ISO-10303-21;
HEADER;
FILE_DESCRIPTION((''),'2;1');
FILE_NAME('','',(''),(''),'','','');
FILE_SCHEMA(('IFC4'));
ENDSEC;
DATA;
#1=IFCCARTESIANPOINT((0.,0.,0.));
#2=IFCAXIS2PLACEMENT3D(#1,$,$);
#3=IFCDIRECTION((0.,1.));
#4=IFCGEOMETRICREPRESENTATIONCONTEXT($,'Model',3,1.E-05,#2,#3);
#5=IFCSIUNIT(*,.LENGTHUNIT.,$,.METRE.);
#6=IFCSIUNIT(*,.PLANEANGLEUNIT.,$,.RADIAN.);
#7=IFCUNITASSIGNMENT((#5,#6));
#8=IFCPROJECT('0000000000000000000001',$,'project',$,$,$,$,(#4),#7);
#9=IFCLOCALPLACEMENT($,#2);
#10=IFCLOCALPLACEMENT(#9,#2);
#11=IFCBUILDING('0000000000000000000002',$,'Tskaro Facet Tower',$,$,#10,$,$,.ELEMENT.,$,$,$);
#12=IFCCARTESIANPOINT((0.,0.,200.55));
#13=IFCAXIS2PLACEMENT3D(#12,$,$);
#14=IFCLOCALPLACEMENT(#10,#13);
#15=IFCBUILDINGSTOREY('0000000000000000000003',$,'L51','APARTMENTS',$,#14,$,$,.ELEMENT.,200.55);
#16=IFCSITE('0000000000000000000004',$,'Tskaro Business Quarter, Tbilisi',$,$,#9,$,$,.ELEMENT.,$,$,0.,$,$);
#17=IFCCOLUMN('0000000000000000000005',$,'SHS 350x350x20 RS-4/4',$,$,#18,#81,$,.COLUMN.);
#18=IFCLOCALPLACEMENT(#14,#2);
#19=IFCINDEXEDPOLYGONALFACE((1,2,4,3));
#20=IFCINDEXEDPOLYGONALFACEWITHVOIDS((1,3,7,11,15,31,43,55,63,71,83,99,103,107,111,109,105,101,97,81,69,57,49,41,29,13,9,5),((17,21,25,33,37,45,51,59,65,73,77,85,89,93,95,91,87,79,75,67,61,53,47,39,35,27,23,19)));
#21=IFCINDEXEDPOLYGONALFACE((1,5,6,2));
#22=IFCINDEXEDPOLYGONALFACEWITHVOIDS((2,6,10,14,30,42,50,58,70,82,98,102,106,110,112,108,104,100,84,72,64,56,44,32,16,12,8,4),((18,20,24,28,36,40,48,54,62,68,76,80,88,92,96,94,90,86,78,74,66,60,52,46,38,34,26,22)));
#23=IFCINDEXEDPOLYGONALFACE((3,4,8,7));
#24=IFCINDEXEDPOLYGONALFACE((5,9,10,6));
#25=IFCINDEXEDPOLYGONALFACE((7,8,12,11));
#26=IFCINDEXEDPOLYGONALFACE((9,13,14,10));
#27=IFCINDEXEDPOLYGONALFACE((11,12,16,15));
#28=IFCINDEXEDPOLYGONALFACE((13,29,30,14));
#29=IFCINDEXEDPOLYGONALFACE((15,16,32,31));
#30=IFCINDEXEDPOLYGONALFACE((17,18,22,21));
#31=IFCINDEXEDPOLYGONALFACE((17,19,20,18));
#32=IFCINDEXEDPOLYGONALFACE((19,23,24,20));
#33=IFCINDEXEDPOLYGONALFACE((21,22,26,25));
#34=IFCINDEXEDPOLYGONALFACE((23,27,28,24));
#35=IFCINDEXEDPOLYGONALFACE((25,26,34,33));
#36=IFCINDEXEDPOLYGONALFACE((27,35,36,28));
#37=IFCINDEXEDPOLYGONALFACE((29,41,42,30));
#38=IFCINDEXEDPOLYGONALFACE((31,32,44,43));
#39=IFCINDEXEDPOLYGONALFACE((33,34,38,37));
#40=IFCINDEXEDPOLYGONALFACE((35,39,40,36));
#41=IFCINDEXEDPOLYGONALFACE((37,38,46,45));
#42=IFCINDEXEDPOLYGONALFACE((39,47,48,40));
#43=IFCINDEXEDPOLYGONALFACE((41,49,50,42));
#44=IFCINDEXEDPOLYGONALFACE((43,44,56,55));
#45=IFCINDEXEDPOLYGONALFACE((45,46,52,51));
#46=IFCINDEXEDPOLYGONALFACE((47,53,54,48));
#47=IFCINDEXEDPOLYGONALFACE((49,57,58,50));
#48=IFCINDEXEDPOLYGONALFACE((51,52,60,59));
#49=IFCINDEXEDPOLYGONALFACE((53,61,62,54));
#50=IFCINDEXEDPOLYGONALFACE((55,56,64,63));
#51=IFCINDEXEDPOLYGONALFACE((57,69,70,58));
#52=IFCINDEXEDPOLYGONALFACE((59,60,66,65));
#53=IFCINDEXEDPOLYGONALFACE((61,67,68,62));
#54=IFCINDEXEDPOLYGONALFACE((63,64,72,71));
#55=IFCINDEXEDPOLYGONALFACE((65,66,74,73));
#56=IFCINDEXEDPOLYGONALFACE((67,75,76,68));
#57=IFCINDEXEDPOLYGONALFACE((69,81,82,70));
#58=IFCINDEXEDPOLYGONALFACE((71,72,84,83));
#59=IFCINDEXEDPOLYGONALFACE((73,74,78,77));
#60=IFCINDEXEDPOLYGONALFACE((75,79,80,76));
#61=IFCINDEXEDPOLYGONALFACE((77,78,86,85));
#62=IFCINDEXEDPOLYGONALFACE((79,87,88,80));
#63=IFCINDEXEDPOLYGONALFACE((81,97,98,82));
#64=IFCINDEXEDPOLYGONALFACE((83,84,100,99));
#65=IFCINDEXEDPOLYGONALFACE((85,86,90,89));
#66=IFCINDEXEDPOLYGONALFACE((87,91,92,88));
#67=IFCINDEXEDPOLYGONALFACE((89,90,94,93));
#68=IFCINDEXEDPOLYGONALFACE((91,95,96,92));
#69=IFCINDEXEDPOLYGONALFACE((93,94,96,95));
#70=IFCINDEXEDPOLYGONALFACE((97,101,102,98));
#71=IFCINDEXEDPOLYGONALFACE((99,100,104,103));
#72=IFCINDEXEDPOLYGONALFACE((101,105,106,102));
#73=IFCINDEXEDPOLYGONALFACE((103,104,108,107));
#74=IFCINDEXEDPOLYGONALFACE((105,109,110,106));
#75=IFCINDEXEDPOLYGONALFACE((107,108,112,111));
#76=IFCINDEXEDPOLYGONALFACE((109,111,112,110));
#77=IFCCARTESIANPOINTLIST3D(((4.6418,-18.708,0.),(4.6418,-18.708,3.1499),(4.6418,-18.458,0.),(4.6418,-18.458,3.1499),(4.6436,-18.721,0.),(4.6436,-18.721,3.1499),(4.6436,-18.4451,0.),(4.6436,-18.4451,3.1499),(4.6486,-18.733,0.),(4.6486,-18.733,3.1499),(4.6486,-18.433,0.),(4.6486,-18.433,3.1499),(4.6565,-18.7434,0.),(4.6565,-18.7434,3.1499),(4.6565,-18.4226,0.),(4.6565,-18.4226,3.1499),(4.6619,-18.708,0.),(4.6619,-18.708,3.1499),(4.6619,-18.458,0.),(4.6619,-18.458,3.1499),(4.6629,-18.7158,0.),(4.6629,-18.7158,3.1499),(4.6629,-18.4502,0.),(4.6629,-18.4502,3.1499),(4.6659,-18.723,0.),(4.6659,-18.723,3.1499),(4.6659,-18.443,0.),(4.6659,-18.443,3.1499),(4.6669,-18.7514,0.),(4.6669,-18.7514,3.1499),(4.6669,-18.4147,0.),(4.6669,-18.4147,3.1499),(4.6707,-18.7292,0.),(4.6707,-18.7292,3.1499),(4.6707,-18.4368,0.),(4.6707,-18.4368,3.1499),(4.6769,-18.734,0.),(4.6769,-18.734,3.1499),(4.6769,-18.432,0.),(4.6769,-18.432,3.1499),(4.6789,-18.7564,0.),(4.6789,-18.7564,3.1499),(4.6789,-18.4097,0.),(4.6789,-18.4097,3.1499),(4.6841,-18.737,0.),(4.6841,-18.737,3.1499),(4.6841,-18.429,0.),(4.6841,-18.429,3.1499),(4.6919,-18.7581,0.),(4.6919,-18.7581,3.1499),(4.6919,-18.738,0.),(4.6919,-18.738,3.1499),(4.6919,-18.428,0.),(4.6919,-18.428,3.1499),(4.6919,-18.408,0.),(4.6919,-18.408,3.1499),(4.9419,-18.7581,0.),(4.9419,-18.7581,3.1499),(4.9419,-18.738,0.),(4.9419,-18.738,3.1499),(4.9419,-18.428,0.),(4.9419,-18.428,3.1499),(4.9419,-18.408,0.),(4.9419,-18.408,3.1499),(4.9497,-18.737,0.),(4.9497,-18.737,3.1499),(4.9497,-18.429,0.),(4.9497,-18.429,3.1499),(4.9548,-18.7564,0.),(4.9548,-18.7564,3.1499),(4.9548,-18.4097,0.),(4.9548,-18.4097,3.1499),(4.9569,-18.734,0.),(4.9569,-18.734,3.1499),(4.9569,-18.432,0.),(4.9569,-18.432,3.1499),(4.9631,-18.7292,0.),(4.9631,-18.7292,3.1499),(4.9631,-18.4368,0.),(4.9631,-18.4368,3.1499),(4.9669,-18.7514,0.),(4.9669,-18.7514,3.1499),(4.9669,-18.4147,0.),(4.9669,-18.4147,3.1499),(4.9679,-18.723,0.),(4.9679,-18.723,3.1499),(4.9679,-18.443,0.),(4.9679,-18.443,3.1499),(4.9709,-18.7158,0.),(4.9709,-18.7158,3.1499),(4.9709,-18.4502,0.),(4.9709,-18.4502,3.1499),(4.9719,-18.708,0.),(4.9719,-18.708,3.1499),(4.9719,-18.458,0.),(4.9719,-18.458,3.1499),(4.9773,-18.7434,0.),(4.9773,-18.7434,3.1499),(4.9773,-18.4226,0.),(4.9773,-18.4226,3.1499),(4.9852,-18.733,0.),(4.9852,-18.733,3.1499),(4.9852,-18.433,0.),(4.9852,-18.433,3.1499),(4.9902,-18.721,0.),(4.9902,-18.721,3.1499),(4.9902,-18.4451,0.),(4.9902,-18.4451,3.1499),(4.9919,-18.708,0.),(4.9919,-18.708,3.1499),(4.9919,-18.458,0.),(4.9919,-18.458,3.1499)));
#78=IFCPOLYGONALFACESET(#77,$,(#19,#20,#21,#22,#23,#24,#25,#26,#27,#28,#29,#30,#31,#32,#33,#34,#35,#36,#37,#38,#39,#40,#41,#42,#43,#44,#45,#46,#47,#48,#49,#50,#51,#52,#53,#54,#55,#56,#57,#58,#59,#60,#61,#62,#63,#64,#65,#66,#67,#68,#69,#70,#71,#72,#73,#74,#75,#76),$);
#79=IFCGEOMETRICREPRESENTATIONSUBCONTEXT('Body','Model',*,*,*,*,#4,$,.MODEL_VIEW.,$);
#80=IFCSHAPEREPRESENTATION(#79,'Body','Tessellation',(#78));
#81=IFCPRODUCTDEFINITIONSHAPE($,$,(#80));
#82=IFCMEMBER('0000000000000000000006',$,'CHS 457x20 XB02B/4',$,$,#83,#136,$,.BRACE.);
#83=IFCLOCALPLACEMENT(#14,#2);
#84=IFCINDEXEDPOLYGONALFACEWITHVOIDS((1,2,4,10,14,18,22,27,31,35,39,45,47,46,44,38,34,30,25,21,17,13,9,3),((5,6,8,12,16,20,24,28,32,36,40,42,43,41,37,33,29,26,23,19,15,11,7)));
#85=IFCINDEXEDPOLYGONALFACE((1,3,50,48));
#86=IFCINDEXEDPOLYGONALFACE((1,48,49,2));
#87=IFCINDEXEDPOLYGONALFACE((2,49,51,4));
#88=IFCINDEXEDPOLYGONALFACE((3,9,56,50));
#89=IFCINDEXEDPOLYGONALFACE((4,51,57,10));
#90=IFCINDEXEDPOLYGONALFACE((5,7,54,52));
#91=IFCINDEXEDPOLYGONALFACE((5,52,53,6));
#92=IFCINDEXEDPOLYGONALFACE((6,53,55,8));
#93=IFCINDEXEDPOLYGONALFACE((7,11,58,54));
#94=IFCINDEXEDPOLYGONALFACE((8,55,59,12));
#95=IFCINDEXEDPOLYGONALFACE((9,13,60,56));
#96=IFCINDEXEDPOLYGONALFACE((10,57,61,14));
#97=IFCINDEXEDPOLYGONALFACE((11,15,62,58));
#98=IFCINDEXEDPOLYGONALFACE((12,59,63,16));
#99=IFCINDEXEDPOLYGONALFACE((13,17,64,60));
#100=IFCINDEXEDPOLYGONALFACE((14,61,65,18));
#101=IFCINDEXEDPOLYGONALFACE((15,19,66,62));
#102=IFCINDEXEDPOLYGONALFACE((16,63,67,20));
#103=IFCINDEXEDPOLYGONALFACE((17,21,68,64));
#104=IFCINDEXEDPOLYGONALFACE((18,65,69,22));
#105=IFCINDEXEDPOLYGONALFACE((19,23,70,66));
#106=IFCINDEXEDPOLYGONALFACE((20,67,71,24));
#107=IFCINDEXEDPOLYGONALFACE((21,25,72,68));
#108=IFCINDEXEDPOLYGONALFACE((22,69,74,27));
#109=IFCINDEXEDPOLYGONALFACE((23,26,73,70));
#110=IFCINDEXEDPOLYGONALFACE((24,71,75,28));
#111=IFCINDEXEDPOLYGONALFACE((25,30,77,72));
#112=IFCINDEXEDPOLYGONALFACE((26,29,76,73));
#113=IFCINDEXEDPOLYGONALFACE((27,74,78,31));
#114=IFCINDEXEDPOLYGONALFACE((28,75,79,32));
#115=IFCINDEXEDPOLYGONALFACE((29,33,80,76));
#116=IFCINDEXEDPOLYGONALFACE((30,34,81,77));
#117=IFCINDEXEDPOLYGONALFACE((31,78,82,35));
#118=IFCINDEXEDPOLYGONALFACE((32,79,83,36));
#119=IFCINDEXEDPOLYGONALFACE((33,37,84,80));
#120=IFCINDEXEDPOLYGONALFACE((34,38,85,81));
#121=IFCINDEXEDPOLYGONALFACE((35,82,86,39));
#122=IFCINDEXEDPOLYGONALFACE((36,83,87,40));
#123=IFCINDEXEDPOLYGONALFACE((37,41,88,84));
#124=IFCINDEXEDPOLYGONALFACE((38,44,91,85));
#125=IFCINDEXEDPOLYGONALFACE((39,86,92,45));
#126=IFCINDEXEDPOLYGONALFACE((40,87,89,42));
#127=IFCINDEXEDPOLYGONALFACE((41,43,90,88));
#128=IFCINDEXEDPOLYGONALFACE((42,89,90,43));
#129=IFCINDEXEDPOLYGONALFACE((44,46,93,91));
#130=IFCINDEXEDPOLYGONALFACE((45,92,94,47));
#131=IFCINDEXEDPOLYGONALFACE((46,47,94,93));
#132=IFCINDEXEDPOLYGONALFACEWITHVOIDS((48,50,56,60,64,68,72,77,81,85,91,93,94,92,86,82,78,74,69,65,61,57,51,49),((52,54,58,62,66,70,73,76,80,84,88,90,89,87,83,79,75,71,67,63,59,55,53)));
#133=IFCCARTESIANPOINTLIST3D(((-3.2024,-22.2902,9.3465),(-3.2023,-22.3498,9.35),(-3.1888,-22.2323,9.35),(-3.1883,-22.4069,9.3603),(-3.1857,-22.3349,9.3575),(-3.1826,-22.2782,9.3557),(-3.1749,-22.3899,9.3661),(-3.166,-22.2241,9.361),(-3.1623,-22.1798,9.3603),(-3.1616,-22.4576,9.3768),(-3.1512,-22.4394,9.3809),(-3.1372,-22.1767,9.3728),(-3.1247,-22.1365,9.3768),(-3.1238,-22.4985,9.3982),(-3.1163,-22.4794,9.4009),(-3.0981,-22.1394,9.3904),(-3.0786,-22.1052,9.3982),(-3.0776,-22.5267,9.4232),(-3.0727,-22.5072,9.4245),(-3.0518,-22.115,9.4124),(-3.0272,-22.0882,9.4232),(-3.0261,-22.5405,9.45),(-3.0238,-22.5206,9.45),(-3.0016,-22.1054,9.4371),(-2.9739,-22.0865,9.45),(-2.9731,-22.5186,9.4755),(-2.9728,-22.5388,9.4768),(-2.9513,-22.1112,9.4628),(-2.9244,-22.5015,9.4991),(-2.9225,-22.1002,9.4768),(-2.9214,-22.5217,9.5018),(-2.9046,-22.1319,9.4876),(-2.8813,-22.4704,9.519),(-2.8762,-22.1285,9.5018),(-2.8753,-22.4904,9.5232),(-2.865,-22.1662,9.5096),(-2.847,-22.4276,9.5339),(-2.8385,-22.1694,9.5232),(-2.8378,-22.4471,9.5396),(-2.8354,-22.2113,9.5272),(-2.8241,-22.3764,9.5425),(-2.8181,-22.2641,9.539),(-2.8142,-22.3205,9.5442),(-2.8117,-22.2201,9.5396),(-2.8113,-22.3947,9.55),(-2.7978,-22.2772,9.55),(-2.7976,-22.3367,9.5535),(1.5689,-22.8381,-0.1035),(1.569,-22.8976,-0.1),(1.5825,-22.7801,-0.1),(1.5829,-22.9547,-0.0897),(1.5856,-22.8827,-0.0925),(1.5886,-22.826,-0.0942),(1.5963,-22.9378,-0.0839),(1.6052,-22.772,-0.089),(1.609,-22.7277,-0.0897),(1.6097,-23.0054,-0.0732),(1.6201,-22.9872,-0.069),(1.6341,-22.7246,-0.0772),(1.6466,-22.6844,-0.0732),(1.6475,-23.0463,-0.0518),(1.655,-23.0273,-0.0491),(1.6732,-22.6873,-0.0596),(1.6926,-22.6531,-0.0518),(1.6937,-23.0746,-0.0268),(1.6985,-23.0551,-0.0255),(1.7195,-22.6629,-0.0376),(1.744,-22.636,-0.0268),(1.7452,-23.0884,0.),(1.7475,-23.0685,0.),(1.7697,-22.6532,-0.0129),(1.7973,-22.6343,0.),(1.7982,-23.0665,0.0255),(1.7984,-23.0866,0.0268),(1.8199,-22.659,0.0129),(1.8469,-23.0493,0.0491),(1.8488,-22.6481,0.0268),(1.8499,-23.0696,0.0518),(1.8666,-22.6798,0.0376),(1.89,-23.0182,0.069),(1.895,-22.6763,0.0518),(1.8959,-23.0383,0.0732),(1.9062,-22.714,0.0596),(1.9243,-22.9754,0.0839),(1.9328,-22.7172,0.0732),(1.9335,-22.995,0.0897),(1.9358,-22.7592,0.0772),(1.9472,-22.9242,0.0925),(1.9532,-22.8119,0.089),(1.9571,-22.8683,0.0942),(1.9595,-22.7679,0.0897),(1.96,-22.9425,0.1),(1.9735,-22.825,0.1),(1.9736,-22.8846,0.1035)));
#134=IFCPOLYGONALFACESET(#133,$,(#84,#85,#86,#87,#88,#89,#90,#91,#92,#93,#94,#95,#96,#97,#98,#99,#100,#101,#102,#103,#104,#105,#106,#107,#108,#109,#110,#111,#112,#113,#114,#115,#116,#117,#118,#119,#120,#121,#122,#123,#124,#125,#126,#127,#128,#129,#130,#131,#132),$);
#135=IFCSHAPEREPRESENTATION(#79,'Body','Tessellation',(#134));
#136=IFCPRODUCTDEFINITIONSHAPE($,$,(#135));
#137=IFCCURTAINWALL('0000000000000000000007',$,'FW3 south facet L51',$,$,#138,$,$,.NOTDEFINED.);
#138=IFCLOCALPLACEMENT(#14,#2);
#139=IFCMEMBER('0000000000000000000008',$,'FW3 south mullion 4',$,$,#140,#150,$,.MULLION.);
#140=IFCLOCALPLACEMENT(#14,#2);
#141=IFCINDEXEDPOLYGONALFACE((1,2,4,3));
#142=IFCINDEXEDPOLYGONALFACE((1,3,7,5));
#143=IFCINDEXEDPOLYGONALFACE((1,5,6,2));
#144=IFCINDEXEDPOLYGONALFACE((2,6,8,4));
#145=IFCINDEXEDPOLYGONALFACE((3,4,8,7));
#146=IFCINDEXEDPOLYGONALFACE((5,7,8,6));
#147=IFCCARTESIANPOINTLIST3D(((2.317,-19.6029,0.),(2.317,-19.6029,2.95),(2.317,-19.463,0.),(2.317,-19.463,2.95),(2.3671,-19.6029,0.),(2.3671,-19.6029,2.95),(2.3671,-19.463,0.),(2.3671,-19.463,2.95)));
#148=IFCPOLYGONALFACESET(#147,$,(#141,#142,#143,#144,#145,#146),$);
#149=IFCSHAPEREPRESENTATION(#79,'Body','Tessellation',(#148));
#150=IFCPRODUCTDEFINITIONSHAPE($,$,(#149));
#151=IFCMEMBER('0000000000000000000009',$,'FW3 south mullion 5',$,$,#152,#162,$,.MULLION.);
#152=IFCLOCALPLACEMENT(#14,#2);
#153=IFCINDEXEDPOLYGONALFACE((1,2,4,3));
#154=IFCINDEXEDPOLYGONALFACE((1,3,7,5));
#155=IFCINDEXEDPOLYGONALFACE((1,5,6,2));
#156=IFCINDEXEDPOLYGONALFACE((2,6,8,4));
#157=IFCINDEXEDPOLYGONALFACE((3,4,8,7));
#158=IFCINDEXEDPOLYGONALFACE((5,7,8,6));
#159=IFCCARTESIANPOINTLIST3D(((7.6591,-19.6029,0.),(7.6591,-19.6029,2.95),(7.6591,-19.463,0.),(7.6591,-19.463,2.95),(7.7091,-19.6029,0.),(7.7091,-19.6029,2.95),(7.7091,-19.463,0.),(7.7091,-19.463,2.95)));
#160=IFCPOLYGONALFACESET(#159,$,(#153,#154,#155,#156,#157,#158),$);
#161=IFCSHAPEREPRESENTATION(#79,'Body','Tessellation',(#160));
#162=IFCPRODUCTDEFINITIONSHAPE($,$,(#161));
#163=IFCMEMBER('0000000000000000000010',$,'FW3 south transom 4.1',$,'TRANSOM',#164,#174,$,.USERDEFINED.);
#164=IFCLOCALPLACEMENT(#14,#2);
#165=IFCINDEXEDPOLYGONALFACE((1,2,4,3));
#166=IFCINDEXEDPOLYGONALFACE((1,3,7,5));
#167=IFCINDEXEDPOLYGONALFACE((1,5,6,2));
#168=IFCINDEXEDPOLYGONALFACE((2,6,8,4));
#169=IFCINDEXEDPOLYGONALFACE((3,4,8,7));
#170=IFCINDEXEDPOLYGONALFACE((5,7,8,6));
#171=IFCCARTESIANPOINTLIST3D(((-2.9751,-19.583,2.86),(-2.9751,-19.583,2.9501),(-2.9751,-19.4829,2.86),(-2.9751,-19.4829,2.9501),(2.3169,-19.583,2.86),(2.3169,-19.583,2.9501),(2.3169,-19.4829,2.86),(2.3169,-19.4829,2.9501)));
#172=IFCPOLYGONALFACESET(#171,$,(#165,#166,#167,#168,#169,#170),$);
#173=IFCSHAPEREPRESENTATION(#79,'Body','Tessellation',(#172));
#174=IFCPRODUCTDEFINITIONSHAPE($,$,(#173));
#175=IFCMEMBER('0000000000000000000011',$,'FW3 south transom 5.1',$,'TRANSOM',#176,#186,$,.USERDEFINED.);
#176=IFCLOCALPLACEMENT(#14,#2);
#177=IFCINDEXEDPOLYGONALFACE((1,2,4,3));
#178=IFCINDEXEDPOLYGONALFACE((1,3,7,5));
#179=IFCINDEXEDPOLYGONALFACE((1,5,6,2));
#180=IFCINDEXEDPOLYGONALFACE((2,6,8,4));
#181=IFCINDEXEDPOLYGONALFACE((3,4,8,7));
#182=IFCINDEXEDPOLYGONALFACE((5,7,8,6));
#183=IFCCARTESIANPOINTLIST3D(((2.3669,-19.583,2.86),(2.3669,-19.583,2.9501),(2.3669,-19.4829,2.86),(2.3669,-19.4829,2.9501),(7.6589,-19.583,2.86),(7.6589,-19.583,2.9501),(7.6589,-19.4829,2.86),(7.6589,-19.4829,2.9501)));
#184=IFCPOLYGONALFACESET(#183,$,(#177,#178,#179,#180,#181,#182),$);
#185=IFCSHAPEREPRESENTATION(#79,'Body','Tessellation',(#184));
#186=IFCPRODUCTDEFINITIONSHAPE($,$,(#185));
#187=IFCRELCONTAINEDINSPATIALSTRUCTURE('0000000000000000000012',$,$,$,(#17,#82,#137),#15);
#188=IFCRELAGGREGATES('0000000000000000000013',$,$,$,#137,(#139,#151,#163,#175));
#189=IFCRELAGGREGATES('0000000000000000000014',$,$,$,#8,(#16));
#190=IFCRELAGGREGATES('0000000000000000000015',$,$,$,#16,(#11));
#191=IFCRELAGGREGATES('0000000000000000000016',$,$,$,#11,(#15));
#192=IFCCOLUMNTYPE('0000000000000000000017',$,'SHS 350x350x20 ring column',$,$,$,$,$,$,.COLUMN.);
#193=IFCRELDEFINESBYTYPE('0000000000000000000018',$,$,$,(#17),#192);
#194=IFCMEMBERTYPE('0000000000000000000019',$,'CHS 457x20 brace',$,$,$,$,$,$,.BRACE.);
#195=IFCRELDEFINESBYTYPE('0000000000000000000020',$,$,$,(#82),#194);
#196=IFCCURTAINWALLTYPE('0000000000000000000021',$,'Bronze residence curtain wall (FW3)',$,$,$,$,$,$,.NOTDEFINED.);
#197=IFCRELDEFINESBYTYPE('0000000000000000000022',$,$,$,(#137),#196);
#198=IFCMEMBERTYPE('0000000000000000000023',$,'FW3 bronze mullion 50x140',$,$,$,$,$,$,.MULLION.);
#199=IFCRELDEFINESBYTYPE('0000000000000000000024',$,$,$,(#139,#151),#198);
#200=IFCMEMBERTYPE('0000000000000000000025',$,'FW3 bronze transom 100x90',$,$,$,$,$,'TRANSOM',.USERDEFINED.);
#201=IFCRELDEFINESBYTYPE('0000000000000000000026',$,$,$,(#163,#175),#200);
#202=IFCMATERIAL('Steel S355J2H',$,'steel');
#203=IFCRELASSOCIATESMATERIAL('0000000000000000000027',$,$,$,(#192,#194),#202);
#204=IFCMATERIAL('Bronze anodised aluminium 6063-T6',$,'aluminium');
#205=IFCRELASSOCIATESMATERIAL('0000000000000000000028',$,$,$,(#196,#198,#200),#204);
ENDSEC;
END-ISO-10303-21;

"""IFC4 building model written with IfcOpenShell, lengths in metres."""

from ifc_helpers import new_model, si_unit, direction, frame, origin, origin_2d, place, context, subcontext, project, spatial, rectangle, hollow_rectangle, hollow_circle, extrude, material, material_profile, profile_set, type_object, element, aggregate, save


model = new_model("IFC4")

# Units and contexts
model_context = context("Model", 3, precision=1e-05, world=origin(), true_north=direction((0.0, 1.0)))
body_context = subcontext(model_context, "Body", "Model", "MODEL_VIEW")
ifc_project = project(units=[si_unit("LENGTHUNIT", "METRE"), si_unit("PLANEANGLEUNIT", "RADIAN")], contexts=[model_context])

# Site, building, storey
site_placement = place(None, origin())
site = spatial("IfcSite", under=ifc_project, at=site_placement, Name="Tskaro Business Quarter, Tbilisi", CompositionType="ELEMENT", RefElevation=0.0)
building_placement = place(site_placement, origin())
building = spatial("IfcBuilding", under=site, at=building_placement, Name="Tskaro Facet Tower", CompositionType="ELEMENT")
storey_placement = place(building_placement, frame((0.0, 0.0, 200.55)))
storey = spatial("IfcBuildingStorey", under=building, at=storey_placement, Name="L51", Description="APARTMENTS", CompositionType="ELEMENT", Elevation=200.55)

# Column
ifc_material_1 = material(Name="Steel S355J2H", Category="steel")
ifc_material_profile_1 = material_profile(ifc_material_1, hollow_rectangle(XDim=0.3501, YDim=0.3501, WallThickness=0.02, InnerFilletRadius=0.03, OuterFilletRadius=0.05, at=origin_2d()), Name="SHS 350x350x20")
ifc_profile_set_1 = profile_set([ifc_material_profile_1], Name="Steel S355J2H")
column_type = type_object("IfcColumnType", Name="SHS 350x350x20 ring column", PredefinedType="COLUMN", material=ifc_profile_set_1)
column_placement = place(storey_placement, frame((4.8169, -18.583, 0.0), z_axis=(0.0, 0.0, 1.0), x_axis=(1.0, 0.0, 0.0)))
element("IfcColumn", 1, at=column_placement, inside=storey, type_object=column_type, Name="SHS 350x350x20 RS-4/4", PredefinedType="COLUMN", context=body_context, shape_type="SweptSolid", body=[
    extrude(hollow_rectangle(XDim=0.3501, YDim=0.3501, WallThickness=0.02, InnerFilletRadius=0.03, OuterFilletRadius=0.05, at=origin_2d()), origin(), (0.0, 0.0, 1.0), 3.1499),
])

# Member
ifc_material_profile_2 = material_profile(ifc_material_1, hollow_circle(Radius=0.2285, WallThickness=0.02, at=origin_2d()), Name="CHS 457x20")
ifc_profile_set_2 = profile_set([ifc_material_profile_2], Name="Steel S355J2H")
member_type_1 = type_object("IfcMemberType", Name="CHS 457x20 brace", PredefinedType="BRACE", material=ifc_profile_set_2)
member_1_placement = place(storey_placement, frame((1.7712, -22.8613, 0.0), z_axis=(-0.450104, 0.051683, 0.891479), x_axis=(-0.114074, -0.993472, 0.0)))
element("IfcMember", 2, at=member_1_placement, inside=storey, type_object=member_type_1, Name="CHS 457x20 XB02B/4", PredefinedType="BRACE", context=body_context, shape_type="SweptSolid", body=[
    extrude(hollow_circle(Radius=0.2285, WallThickness=0.02, at=origin_2d()), origin(), (0.0, 0.0, 1.0), 10.6003),
])

# Curtain wall, members
ifc_material_2 = material(Name="Bronze anodised aluminium 6063-T6", Category="aluminium")
curtain_wall_type = type_object("IfcCurtainWallType", Name="Bronze residence curtain wall (FW3)", PredefinedType="NOTDEFINED", material=ifc_material_2)
curtain_wall_placement = place(storey_placement, origin())
curtain_wall = element("IfcCurtainWall", 3, at=curtain_wall_placement, inside=storey, type_object=curtain_wall_type, Name="FW3 south facet L51", PredefinedType="NOTDEFINED")
ifc_material_profile_3 = material_profile(ifc_material_2, rectangle(XDim=0.05, YDim=0.1399, at=origin_2d()), Name="Mullion 50x140")
ifc_profile_set_3 = profile_set([ifc_material_profile_3], Name="Bronze anodised aluminium 6063-T6")
member_type_2 = type_object("IfcMemberType", Name="FW3 bronze mullion 50x140", PredefinedType="MULLION", material=ifc_profile_set_3)
member_2_placement = place(storey_placement, frame((2.342, -19.533, 0.0), z_axis=(0.0, 0.0, 1.0), x_axis=(1.0, 0.0, 0.0)))
member_2 = element("IfcMember", 4, at=member_2_placement, type_object=member_type_2, Name="FW3 south mullion 4", PredefinedType="MULLION", context=body_context, shape_type="SweptSolid", body=[
    extrude(rectangle(XDim=0.05, YDim=0.1399, at=origin_2d()), origin(), (0.0, 0.0, 1.0), 2.95),
])
member_3_placement = place(storey_placement, frame((7.6841, -19.533, 0.0), z_axis=(0.0, 0.0, 1.0), x_axis=(1.0, 0.0, 0.0)))
member_3 = element("IfcMember", 5, at=member_3_placement, type_object=member_type_2, Name="FW3 south mullion 5", PredefinedType="MULLION", context=body_context, shape_type="SweptSolid", body=[
    extrude(rectangle(XDim=0.05, YDim=0.1399, at=origin_2d()), origin(), (0.0, 0.0, 1.0), 2.95),
])
ifc_material_profile_4 = material_profile(ifc_material_2, rectangle(XDim=0.1001, YDim=0.0901, at=origin_2d()), Name="Transom 100x90")
ifc_profile_set_4 = profile_set([ifc_material_profile_4], Name="Bronze anodised aluminium 6063-T6")
member_type_3 = type_object("IfcMemberType", Name="FW3 bronze transom 100x90", ElementType="TRANSOM", PredefinedType="USERDEFINED", material=ifc_profile_set_4)
member_4_placement = place(storey_placement, frame((-2.9751, -19.533, 2.905), z_axis=(1.0, 0.0, 0.0), x_axis=(0.0, 1.0, 0.0)))
member_4 = element("IfcMember", 6, at=member_4_placement, type_object=member_type_3, Name="FW3 south transom 4.1", ObjectType="TRANSOM", PredefinedType="USERDEFINED", context=body_context, shape_type="SweptSolid", body=[
    extrude(rectangle(XDim=0.1001, YDim=0.0901, at=origin_2d()), origin(), (0.0, 0.0, 1.0), 5.292),
])
member_5_placement = place(storey_placement, frame((2.3669, -19.533, 2.905), z_axis=(1.0, 0.0, 0.0), x_axis=(0.0, 1.0, 0.0)))
member_5 = element("IfcMember", 7, at=member_5_placement, type_object=member_type_3, Name="FW3 south transom 5.1", ObjectType="TRANSOM", PredefinedType="USERDEFINED", context=body_context, shape_type="SweptSolid", body=[
    extrude(rectangle(XDim=0.1001, YDim=0.0901, at=origin_2d()), origin(), (0.0, 0.0, 1.0), 5.292),
])

aggregate(curtain_wall, [member_2, member_3, member_4, member_5])

save(model, "model.ifc")
